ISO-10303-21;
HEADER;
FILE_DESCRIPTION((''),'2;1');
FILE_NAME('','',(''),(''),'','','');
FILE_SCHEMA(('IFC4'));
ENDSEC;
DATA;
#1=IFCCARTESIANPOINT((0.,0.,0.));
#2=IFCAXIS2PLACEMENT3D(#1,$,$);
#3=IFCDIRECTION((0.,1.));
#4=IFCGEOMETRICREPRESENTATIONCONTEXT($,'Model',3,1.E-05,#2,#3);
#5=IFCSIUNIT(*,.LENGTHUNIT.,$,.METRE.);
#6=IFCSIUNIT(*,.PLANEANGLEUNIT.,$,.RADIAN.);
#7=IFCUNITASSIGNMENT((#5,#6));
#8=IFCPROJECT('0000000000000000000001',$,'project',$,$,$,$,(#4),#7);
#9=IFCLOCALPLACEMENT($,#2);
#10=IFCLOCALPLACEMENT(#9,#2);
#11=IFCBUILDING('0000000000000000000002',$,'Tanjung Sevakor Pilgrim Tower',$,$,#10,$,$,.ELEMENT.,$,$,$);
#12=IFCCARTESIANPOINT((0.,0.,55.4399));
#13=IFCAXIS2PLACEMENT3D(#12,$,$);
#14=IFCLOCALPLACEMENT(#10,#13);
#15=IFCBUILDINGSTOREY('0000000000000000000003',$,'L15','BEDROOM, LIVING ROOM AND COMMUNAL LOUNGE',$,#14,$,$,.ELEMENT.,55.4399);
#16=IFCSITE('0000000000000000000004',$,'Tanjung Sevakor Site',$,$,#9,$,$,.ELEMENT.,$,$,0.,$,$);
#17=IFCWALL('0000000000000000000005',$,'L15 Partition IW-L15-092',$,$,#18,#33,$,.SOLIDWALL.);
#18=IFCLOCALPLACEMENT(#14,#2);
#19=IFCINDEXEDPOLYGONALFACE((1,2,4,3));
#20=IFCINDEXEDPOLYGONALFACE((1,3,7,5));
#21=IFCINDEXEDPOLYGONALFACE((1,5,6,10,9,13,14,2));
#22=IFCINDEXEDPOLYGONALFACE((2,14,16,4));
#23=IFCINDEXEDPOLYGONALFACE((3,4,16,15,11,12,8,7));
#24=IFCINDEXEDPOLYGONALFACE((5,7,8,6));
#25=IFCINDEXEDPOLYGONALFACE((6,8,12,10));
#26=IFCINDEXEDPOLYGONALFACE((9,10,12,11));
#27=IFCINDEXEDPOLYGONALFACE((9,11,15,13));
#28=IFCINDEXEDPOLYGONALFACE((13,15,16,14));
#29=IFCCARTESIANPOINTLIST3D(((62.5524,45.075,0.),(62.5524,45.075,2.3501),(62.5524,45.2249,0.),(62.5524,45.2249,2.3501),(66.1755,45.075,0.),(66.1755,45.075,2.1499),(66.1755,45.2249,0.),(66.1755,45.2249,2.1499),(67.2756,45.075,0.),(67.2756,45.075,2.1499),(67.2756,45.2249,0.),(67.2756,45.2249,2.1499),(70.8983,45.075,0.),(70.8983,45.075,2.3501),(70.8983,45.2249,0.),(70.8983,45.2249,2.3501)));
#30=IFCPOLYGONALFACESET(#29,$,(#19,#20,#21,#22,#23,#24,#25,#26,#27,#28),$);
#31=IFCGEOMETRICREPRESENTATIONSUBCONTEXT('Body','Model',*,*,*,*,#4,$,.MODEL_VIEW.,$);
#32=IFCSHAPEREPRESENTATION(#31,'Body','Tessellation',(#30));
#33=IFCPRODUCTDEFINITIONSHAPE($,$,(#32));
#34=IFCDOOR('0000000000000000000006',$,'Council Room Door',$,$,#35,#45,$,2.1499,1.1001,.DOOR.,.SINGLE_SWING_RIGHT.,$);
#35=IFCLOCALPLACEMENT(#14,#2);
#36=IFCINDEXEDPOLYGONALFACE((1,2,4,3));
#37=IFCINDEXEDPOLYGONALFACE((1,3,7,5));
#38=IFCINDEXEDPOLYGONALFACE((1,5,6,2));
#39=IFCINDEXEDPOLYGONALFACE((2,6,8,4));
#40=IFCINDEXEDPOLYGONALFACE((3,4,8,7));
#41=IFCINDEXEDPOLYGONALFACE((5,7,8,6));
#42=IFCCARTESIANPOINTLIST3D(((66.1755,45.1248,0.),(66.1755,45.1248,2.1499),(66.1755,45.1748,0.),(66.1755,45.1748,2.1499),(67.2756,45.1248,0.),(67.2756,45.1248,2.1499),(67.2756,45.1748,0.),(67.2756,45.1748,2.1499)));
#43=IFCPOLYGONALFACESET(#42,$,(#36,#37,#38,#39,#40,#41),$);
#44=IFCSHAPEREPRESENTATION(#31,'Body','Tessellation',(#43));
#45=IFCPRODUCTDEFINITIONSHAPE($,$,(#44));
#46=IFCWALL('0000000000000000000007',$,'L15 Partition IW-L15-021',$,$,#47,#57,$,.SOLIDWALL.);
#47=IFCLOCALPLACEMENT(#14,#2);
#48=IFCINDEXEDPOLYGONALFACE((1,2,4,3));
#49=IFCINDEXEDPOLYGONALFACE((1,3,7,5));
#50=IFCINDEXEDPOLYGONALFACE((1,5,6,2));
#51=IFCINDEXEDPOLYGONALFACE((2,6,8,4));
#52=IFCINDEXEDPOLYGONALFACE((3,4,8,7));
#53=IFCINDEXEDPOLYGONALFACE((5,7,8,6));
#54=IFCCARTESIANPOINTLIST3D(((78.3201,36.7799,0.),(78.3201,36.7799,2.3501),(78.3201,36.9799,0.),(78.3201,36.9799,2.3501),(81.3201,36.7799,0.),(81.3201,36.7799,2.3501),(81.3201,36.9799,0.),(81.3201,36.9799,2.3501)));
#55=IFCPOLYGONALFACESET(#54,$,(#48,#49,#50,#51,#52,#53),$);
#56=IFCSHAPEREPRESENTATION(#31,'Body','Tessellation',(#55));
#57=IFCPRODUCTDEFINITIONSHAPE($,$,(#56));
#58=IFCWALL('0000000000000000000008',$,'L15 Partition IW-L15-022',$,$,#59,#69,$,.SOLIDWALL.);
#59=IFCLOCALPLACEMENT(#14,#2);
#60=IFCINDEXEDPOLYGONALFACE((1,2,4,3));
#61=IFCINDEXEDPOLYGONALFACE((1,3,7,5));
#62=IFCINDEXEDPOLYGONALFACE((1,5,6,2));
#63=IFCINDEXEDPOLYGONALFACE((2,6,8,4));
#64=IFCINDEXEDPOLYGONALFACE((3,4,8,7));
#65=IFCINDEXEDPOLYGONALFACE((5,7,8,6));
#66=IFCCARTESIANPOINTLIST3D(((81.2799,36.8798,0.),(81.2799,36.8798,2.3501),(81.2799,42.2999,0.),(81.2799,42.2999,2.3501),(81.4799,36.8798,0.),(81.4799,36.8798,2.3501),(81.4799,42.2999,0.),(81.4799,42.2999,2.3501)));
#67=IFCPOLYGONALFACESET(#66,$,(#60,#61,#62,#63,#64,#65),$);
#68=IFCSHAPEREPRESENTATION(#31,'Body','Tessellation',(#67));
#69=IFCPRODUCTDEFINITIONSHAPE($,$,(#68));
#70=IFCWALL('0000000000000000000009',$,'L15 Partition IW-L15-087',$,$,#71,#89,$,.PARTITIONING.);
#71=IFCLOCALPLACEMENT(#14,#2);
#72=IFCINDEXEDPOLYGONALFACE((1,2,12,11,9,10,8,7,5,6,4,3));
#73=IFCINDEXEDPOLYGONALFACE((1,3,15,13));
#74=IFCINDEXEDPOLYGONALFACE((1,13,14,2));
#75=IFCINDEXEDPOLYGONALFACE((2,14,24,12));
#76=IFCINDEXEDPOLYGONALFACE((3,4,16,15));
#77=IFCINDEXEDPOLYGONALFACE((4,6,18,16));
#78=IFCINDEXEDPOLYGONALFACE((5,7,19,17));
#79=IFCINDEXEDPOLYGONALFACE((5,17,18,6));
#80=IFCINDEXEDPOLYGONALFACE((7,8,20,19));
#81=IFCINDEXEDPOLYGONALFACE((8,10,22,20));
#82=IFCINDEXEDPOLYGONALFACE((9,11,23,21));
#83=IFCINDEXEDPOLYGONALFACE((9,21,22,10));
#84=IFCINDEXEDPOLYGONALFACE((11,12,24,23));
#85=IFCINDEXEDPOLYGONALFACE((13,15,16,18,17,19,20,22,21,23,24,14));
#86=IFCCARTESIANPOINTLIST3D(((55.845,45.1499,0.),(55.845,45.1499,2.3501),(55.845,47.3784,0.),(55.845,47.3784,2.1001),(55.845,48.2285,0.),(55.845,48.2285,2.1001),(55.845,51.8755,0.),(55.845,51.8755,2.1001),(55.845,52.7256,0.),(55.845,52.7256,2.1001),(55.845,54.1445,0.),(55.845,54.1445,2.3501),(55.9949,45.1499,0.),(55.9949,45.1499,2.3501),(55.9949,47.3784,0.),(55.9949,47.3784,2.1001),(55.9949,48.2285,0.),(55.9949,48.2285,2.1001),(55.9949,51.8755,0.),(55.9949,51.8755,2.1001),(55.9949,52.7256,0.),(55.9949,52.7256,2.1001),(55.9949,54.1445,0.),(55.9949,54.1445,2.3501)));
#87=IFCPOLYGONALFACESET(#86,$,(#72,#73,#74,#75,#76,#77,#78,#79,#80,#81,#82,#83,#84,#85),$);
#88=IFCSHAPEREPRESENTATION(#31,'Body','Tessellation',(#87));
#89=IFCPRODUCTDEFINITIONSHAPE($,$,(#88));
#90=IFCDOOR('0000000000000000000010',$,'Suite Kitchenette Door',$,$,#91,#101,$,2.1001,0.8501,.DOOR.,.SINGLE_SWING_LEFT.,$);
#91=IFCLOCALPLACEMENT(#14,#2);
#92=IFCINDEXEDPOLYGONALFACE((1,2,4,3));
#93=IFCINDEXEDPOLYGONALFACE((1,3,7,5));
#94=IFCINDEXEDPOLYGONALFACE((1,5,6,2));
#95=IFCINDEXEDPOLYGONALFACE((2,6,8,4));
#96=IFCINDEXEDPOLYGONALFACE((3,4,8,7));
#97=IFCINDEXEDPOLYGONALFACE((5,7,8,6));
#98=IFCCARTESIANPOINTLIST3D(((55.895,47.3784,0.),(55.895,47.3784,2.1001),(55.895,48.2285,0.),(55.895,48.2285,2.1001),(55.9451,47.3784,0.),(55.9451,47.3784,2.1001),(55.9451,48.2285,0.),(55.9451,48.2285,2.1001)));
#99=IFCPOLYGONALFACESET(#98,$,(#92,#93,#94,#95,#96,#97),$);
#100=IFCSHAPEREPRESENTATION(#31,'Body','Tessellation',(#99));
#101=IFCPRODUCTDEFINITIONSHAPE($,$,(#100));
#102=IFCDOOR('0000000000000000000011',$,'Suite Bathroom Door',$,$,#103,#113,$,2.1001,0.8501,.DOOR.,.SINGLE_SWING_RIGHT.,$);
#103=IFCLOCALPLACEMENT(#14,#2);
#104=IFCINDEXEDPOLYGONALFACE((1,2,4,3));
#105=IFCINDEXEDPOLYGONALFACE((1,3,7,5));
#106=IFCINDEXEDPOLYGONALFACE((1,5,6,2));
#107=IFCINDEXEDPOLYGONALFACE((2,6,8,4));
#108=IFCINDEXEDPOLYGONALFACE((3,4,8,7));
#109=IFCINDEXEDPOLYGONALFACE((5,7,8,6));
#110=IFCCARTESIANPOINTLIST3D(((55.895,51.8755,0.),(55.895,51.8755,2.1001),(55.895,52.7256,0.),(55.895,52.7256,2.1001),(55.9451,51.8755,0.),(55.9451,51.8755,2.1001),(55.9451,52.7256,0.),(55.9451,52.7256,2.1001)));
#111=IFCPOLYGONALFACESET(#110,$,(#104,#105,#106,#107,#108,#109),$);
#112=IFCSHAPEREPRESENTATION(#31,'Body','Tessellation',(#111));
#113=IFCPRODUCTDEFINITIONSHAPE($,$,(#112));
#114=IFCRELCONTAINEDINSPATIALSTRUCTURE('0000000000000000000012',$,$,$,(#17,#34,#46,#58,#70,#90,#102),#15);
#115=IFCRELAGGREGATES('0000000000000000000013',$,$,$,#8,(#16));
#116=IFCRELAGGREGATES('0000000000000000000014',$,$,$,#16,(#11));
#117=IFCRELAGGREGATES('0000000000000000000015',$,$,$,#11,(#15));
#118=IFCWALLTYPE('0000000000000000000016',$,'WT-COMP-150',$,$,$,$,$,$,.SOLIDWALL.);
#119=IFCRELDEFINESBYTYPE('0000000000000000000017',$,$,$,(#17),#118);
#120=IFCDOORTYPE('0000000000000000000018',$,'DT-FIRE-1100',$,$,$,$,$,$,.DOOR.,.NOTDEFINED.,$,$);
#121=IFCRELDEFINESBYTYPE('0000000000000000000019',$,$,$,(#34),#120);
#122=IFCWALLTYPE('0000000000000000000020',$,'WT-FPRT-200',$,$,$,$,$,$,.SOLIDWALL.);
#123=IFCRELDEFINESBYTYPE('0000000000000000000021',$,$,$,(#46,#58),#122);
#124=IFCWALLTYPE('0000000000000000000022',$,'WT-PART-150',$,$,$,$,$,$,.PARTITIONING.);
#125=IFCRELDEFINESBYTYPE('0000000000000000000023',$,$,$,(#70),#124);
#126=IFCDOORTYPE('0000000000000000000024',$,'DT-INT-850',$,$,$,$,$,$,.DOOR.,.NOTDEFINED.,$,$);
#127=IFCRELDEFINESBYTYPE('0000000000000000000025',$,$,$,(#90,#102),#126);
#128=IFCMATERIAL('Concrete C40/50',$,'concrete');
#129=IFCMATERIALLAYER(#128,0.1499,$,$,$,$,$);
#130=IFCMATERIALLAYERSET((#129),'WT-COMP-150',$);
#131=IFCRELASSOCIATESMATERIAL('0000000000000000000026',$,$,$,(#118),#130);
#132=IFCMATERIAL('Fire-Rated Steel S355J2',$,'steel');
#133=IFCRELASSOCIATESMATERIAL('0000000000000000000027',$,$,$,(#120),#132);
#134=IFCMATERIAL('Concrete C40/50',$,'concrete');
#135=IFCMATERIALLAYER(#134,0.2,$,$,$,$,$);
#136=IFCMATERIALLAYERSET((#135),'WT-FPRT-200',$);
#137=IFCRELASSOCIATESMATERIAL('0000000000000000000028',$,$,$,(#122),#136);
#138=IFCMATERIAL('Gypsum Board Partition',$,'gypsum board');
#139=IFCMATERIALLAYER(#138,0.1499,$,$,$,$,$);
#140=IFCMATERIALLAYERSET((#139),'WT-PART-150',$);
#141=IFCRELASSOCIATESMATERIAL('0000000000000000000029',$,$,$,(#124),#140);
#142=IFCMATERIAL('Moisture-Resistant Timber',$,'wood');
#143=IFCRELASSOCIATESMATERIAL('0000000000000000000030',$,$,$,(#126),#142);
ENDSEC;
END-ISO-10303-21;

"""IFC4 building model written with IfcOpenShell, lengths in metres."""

from ifc_helpers import new_model, si_unit, direction, frame, frame_2d, origin, place, context, subcontext, project, spatial, rectangle, extrude, material, layer, layer_set, type_object, element, fill, save


model = new_model("IFC4")

# Units and contexts
model_context = context("Model", 3, precision=1e-05, world=origin(), true_north=direction((0.0, 1.0)))
body_context = subcontext(model_context, "Body", "Model", "MODEL_VIEW")
ifc_project = project(units=[si_unit("LENGTHUNIT", "METRE"), si_unit("PLANEANGLEUNIT", "RADIAN")], contexts=[model_context])

# Site, building, storey
site_placement = place(None, origin())
site = spatial("IfcSite", under=ifc_project, at=site_placement, Name="Tanjung Sevakor Site", CompositionType="ELEMENT", RefElevation=0.0)
building_placement = place(site_placement, origin())
building = spatial("IfcBuilding", under=site, at=building_placement, Name="Tanjung Sevakor Pilgrim Tower", CompositionType="ELEMENT")
storey_placement = place(building_placement, frame((0.0, 0.0, 55.4399)))
storey = spatial("IfcBuildingStorey", under=building, at=storey_placement, Name="L15", Description="BEDROOM, LIVING ROOM AND COMMUNAL LOUNGE", CompositionType="ELEMENT", Elevation=55.4399)

# Shared definitions
ifc_material_1 = material(Name="Concrete C40/50", Category="concrete")
ifc_layer_1 = layer(ifc_material_1, 0.1499)
ifc_layer_set_1 = layer_set([ifc_layer_1], Name="WT-COMP-150")
wall_type_1 = type_object("IfcWallType", Name="WT-COMP-150", PredefinedType="SOLIDWALL", material=ifc_layer_set_1)

# Wall, opening, door
wall_1_placement = place(storey_placement, frame((62.5525, 45.1499, 0.0), z_axis=(0.0, 0.0, 1.0), x_axis=(1.0, 0.0, 0.0)))
wall_1 = element("IfcWall", 1, at=wall_1_placement, inside=storey, type_object=wall_type_1, Name="L15 Partition IW-L15-092", PredefinedType="SOLIDWALL", context=body_context, shape_type="SweptSolid", body=[
    extrude(rectangle(XDim=8.3459, YDim=0.1499, at=frame_2d((4.1729, 0.0))), origin(), (0.0, 0.0, 1.0), 2.3501),
])
opening_1_placement = place(wall_1_placement, frame((3.623, 0.0, 0.0)))
opening_1 = element("IfcOpeningElement", 2, at=opening_1_placement, cuts=wall_1, PredefinedType="OPENING", context=body_context, shape_type="SweptSolid", body=[
    extrude(rectangle(XDim=1.1001, YDim=2.1499, at=frame_2d((0.55, 1.075))), frame((0.0, 0.085, 0.0), z_axis=(0.0, -1.0, 0.0), x_axis=(1.0, 0.0, 0.0)), (0.0, 0.0, 1.0), 0.1699),
])
ifc_material_2 = material(Name="Fire-Rated Steel S355J2", Category="steel")
door_type_1 = type_object("IfcDoorType", Name="DT-FIRE-1100", OperationType="NOTDEFINED", PredefinedType="DOOR", material=ifc_material_2)
door_1_placement = place(opening_1_placement, origin())
door_1 = element("IfcDoor", 3, at=door_1_placement, inside=storey, type_object=door_type_1, Name="Council Room Door", OperationType="SINGLE_SWING_RIGHT", OverallHeight=2.1499, OverallWidth=1.1001, PredefinedType="DOOR", context=body_context, shape_type="SweptSolid", body=[
    extrude(rectangle(XDim=1.1001, YDim=2.1499, at=frame_2d((0.55, 1.075))), frame((0.0, 0.0249, 0.0), z_axis=(0.0, -1.0, 0.0), x_axis=(1.0, 0.0, 0.0)), (0.0, 0.0, 1.0), 0.05),
])
fill(opening_1, door_1)

# Walls
ifc_material_3 = material(Name="Concrete C40/50", Category="concrete")
ifc_layer_2 = layer(ifc_material_3, 0.2)
ifc_layer_set_2 = layer_set([ifc_layer_2], Name="WT-FPRT-200")
wall_type_2 = type_object("IfcWallType", Name="WT-FPRT-200", PredefinedType="SOLIDWALL", material=ifc_layer_set_2)
wall_2_placement = place(storey_placement, frame((78.3201, 36.8799, 0.0), z_axis=(0.0, 0.0, 1.0), x_axis=(1.0, 0.0, 0.0)))
element("IfcWall", 4, at=wall_2_placement, inside=storey, type_object=wall_type_2, Name="L15 Partition IW-L15-021", PredefinedType="SOLIDWALL", context=body_context, shape_type="SweptSolid", body=[
    extrude(rectangle(XDim=3.0, YDim=0.2, at=frame_2d((1.5, 0.0))), origin(), (0.0, 0.0, 1.0), 2.3501),
])
wall_3_placement = place(storey_placement, frame((81.3799, 36.8799, 0.0), z_axis=(0.0, 0.0, 1.0), x_axis=(0.0, 1.0, 0.0)))
element("IfcWall", 5, at=wall_3_placement, inside=storey, type_object=wall_type_2, Name="L15 Partition IW-L15-022", PredefinedType="SOLIDWALL", context=body_context, shape_type="SweptSolid", body=[
    extrude(rectangle(XDim=5.4202, YDim=0.2, at=frame_2d((2.71, 0.0))), origin(), (0.0, 0.0, 1.0), 2.3501),
])

# Wall, openings, doors
ifc_material_4 = material(Name="Gypsum Board Partition", Category="gypsum board")
ifc_layer_3 = layer(ifc_material_4, 0.1499)
ifc_layer_set_3 = layer_set([ifc_layer_3], Name="WT-PART-150")
wall_type_3 = type_object("IfcWallType", Name="WT-PART-150", PredefinedType="PARTITIONING", material=ifc_layer_set_3)
wall_4_placement = place(storey_placement, frame((55.9199, 45.1499, 0.0), z_axis=(0.0, 0.0, 1.0), x_axis=(0.0, 1.0, 0.0)))
wall_4 = element("IfcWall", 6, at=wall_4_placement, inside=storey, type_object=wall_type_3, Name="L15 Partition IW-L15-087", PredefinedType="PARTITIONING", context=body_context, shape_type="SweptSolid", body=[
    extrude(rectangle(XDim=8.9946, YDim=0.1499, at=frame_2d((4.4973, 0.0))), origin(), (0.0, 0.0, 1.0), 2.3501),
])
opening_2_placement = place(wall_4_placement, frame((2.2285, 0.0, 0.0)))
opening_2 = element("IfcOpeningElement", 7, at=opening_2_placement, cuts=wall_4, PredefinedType="OPENING", context=body_context, shape_type="SweptSolid", body=[
    extrude(rectangle(XDim=0.8501, YDim=2.1001, at=frame_2d((0.425, 1.05))), frame((0.0, 0.085, 0.0), z_axis=(0.0, -1.0, 0.0), x_axis=(1.0, 0.0, 0.0)), (0.0, 0.0, 1.0), 0.1699),
])
opening_3_placement = place(wall_4_placement, frame((6.7256, 0.0, 0.0)))
opening_3 = element("IfcOpeningElement", 8, at=opening_3_placement, cuts=wall_4, PredefinedType="OPENING", context=body_context, shape_type="SweptSolid", body=[
    extrude(rectangle(XDim=0.8501, YDim=2.1001, at=frame_2d((0.425, 1.05))), frame((0.0, 0.085, 0.0), z_axis=(0.0, -1.0, 0.0), x_axis=(1.0, 0.0, 0.0)), (0.0, 0.0, 1.0), 0.1699),
])
ifc_material_5 = material(Name="Moisture-Resistant Timber", Category="wood")
door_type_2 = type_object("IfcDoorType", Name="DT-INT-850", OperationType="NOTDEFINED", PredefinedType="DOOR", material=ifc_material_5)
door_2_placement = place(opening_2_placement, origin())
door_2 = element("IfcDoor", 9, at=door_2_placement, inside=storey, type_object=door_type_2, Name="Suite Kitchenette Door", OperationType="SINGLE_SWING_LEFT", OverallHeight=2.1001, OverallWidth=0.8501, PredefinedType="DOOR", context=body_context, shape_type="SweptSolid", body=[
    extrude(rectangle(XDim=0.8501, YDim=2.1001, at=frame_2d((0.425, 1.05))), frame((0.0, 0.0249, 0.0), z_axis=(0.0, -1.0, 0.0), x_axis=(1.0, 0.0, 0.0)), (0.0, 0.0, 1.0), 0.05),
])
fill(opening_2, door_2)
door_3_placement = place(opening_3_placement, origin())
door_3 = element("IfcDoor", 10, at=door_3_placement, inside=storey, type_object=door_type_2, Name="Suite Bathroom Door", OperationType="SINGLE_SWING_RIGHT", OverallHeight=2.1001, OverallWidth=0.8501, PredefinedType="DOOR", context=body_context, shape_type="SweptSolid", body=[
    extrude(rectangle(XDim=0.8501, YDim=2.1001, at=frame_2d((0.425, 1.05))), frame((0.0, 0.0249, 0.0), z_axis=(0.0, -1.0, 0.0), x_axis=(1.0, 0.0, 0.0)), (0.0, 0.0, 1.0), 0.05),
])
fill(opening_3, door_3)

save(model, "model.ifc")
